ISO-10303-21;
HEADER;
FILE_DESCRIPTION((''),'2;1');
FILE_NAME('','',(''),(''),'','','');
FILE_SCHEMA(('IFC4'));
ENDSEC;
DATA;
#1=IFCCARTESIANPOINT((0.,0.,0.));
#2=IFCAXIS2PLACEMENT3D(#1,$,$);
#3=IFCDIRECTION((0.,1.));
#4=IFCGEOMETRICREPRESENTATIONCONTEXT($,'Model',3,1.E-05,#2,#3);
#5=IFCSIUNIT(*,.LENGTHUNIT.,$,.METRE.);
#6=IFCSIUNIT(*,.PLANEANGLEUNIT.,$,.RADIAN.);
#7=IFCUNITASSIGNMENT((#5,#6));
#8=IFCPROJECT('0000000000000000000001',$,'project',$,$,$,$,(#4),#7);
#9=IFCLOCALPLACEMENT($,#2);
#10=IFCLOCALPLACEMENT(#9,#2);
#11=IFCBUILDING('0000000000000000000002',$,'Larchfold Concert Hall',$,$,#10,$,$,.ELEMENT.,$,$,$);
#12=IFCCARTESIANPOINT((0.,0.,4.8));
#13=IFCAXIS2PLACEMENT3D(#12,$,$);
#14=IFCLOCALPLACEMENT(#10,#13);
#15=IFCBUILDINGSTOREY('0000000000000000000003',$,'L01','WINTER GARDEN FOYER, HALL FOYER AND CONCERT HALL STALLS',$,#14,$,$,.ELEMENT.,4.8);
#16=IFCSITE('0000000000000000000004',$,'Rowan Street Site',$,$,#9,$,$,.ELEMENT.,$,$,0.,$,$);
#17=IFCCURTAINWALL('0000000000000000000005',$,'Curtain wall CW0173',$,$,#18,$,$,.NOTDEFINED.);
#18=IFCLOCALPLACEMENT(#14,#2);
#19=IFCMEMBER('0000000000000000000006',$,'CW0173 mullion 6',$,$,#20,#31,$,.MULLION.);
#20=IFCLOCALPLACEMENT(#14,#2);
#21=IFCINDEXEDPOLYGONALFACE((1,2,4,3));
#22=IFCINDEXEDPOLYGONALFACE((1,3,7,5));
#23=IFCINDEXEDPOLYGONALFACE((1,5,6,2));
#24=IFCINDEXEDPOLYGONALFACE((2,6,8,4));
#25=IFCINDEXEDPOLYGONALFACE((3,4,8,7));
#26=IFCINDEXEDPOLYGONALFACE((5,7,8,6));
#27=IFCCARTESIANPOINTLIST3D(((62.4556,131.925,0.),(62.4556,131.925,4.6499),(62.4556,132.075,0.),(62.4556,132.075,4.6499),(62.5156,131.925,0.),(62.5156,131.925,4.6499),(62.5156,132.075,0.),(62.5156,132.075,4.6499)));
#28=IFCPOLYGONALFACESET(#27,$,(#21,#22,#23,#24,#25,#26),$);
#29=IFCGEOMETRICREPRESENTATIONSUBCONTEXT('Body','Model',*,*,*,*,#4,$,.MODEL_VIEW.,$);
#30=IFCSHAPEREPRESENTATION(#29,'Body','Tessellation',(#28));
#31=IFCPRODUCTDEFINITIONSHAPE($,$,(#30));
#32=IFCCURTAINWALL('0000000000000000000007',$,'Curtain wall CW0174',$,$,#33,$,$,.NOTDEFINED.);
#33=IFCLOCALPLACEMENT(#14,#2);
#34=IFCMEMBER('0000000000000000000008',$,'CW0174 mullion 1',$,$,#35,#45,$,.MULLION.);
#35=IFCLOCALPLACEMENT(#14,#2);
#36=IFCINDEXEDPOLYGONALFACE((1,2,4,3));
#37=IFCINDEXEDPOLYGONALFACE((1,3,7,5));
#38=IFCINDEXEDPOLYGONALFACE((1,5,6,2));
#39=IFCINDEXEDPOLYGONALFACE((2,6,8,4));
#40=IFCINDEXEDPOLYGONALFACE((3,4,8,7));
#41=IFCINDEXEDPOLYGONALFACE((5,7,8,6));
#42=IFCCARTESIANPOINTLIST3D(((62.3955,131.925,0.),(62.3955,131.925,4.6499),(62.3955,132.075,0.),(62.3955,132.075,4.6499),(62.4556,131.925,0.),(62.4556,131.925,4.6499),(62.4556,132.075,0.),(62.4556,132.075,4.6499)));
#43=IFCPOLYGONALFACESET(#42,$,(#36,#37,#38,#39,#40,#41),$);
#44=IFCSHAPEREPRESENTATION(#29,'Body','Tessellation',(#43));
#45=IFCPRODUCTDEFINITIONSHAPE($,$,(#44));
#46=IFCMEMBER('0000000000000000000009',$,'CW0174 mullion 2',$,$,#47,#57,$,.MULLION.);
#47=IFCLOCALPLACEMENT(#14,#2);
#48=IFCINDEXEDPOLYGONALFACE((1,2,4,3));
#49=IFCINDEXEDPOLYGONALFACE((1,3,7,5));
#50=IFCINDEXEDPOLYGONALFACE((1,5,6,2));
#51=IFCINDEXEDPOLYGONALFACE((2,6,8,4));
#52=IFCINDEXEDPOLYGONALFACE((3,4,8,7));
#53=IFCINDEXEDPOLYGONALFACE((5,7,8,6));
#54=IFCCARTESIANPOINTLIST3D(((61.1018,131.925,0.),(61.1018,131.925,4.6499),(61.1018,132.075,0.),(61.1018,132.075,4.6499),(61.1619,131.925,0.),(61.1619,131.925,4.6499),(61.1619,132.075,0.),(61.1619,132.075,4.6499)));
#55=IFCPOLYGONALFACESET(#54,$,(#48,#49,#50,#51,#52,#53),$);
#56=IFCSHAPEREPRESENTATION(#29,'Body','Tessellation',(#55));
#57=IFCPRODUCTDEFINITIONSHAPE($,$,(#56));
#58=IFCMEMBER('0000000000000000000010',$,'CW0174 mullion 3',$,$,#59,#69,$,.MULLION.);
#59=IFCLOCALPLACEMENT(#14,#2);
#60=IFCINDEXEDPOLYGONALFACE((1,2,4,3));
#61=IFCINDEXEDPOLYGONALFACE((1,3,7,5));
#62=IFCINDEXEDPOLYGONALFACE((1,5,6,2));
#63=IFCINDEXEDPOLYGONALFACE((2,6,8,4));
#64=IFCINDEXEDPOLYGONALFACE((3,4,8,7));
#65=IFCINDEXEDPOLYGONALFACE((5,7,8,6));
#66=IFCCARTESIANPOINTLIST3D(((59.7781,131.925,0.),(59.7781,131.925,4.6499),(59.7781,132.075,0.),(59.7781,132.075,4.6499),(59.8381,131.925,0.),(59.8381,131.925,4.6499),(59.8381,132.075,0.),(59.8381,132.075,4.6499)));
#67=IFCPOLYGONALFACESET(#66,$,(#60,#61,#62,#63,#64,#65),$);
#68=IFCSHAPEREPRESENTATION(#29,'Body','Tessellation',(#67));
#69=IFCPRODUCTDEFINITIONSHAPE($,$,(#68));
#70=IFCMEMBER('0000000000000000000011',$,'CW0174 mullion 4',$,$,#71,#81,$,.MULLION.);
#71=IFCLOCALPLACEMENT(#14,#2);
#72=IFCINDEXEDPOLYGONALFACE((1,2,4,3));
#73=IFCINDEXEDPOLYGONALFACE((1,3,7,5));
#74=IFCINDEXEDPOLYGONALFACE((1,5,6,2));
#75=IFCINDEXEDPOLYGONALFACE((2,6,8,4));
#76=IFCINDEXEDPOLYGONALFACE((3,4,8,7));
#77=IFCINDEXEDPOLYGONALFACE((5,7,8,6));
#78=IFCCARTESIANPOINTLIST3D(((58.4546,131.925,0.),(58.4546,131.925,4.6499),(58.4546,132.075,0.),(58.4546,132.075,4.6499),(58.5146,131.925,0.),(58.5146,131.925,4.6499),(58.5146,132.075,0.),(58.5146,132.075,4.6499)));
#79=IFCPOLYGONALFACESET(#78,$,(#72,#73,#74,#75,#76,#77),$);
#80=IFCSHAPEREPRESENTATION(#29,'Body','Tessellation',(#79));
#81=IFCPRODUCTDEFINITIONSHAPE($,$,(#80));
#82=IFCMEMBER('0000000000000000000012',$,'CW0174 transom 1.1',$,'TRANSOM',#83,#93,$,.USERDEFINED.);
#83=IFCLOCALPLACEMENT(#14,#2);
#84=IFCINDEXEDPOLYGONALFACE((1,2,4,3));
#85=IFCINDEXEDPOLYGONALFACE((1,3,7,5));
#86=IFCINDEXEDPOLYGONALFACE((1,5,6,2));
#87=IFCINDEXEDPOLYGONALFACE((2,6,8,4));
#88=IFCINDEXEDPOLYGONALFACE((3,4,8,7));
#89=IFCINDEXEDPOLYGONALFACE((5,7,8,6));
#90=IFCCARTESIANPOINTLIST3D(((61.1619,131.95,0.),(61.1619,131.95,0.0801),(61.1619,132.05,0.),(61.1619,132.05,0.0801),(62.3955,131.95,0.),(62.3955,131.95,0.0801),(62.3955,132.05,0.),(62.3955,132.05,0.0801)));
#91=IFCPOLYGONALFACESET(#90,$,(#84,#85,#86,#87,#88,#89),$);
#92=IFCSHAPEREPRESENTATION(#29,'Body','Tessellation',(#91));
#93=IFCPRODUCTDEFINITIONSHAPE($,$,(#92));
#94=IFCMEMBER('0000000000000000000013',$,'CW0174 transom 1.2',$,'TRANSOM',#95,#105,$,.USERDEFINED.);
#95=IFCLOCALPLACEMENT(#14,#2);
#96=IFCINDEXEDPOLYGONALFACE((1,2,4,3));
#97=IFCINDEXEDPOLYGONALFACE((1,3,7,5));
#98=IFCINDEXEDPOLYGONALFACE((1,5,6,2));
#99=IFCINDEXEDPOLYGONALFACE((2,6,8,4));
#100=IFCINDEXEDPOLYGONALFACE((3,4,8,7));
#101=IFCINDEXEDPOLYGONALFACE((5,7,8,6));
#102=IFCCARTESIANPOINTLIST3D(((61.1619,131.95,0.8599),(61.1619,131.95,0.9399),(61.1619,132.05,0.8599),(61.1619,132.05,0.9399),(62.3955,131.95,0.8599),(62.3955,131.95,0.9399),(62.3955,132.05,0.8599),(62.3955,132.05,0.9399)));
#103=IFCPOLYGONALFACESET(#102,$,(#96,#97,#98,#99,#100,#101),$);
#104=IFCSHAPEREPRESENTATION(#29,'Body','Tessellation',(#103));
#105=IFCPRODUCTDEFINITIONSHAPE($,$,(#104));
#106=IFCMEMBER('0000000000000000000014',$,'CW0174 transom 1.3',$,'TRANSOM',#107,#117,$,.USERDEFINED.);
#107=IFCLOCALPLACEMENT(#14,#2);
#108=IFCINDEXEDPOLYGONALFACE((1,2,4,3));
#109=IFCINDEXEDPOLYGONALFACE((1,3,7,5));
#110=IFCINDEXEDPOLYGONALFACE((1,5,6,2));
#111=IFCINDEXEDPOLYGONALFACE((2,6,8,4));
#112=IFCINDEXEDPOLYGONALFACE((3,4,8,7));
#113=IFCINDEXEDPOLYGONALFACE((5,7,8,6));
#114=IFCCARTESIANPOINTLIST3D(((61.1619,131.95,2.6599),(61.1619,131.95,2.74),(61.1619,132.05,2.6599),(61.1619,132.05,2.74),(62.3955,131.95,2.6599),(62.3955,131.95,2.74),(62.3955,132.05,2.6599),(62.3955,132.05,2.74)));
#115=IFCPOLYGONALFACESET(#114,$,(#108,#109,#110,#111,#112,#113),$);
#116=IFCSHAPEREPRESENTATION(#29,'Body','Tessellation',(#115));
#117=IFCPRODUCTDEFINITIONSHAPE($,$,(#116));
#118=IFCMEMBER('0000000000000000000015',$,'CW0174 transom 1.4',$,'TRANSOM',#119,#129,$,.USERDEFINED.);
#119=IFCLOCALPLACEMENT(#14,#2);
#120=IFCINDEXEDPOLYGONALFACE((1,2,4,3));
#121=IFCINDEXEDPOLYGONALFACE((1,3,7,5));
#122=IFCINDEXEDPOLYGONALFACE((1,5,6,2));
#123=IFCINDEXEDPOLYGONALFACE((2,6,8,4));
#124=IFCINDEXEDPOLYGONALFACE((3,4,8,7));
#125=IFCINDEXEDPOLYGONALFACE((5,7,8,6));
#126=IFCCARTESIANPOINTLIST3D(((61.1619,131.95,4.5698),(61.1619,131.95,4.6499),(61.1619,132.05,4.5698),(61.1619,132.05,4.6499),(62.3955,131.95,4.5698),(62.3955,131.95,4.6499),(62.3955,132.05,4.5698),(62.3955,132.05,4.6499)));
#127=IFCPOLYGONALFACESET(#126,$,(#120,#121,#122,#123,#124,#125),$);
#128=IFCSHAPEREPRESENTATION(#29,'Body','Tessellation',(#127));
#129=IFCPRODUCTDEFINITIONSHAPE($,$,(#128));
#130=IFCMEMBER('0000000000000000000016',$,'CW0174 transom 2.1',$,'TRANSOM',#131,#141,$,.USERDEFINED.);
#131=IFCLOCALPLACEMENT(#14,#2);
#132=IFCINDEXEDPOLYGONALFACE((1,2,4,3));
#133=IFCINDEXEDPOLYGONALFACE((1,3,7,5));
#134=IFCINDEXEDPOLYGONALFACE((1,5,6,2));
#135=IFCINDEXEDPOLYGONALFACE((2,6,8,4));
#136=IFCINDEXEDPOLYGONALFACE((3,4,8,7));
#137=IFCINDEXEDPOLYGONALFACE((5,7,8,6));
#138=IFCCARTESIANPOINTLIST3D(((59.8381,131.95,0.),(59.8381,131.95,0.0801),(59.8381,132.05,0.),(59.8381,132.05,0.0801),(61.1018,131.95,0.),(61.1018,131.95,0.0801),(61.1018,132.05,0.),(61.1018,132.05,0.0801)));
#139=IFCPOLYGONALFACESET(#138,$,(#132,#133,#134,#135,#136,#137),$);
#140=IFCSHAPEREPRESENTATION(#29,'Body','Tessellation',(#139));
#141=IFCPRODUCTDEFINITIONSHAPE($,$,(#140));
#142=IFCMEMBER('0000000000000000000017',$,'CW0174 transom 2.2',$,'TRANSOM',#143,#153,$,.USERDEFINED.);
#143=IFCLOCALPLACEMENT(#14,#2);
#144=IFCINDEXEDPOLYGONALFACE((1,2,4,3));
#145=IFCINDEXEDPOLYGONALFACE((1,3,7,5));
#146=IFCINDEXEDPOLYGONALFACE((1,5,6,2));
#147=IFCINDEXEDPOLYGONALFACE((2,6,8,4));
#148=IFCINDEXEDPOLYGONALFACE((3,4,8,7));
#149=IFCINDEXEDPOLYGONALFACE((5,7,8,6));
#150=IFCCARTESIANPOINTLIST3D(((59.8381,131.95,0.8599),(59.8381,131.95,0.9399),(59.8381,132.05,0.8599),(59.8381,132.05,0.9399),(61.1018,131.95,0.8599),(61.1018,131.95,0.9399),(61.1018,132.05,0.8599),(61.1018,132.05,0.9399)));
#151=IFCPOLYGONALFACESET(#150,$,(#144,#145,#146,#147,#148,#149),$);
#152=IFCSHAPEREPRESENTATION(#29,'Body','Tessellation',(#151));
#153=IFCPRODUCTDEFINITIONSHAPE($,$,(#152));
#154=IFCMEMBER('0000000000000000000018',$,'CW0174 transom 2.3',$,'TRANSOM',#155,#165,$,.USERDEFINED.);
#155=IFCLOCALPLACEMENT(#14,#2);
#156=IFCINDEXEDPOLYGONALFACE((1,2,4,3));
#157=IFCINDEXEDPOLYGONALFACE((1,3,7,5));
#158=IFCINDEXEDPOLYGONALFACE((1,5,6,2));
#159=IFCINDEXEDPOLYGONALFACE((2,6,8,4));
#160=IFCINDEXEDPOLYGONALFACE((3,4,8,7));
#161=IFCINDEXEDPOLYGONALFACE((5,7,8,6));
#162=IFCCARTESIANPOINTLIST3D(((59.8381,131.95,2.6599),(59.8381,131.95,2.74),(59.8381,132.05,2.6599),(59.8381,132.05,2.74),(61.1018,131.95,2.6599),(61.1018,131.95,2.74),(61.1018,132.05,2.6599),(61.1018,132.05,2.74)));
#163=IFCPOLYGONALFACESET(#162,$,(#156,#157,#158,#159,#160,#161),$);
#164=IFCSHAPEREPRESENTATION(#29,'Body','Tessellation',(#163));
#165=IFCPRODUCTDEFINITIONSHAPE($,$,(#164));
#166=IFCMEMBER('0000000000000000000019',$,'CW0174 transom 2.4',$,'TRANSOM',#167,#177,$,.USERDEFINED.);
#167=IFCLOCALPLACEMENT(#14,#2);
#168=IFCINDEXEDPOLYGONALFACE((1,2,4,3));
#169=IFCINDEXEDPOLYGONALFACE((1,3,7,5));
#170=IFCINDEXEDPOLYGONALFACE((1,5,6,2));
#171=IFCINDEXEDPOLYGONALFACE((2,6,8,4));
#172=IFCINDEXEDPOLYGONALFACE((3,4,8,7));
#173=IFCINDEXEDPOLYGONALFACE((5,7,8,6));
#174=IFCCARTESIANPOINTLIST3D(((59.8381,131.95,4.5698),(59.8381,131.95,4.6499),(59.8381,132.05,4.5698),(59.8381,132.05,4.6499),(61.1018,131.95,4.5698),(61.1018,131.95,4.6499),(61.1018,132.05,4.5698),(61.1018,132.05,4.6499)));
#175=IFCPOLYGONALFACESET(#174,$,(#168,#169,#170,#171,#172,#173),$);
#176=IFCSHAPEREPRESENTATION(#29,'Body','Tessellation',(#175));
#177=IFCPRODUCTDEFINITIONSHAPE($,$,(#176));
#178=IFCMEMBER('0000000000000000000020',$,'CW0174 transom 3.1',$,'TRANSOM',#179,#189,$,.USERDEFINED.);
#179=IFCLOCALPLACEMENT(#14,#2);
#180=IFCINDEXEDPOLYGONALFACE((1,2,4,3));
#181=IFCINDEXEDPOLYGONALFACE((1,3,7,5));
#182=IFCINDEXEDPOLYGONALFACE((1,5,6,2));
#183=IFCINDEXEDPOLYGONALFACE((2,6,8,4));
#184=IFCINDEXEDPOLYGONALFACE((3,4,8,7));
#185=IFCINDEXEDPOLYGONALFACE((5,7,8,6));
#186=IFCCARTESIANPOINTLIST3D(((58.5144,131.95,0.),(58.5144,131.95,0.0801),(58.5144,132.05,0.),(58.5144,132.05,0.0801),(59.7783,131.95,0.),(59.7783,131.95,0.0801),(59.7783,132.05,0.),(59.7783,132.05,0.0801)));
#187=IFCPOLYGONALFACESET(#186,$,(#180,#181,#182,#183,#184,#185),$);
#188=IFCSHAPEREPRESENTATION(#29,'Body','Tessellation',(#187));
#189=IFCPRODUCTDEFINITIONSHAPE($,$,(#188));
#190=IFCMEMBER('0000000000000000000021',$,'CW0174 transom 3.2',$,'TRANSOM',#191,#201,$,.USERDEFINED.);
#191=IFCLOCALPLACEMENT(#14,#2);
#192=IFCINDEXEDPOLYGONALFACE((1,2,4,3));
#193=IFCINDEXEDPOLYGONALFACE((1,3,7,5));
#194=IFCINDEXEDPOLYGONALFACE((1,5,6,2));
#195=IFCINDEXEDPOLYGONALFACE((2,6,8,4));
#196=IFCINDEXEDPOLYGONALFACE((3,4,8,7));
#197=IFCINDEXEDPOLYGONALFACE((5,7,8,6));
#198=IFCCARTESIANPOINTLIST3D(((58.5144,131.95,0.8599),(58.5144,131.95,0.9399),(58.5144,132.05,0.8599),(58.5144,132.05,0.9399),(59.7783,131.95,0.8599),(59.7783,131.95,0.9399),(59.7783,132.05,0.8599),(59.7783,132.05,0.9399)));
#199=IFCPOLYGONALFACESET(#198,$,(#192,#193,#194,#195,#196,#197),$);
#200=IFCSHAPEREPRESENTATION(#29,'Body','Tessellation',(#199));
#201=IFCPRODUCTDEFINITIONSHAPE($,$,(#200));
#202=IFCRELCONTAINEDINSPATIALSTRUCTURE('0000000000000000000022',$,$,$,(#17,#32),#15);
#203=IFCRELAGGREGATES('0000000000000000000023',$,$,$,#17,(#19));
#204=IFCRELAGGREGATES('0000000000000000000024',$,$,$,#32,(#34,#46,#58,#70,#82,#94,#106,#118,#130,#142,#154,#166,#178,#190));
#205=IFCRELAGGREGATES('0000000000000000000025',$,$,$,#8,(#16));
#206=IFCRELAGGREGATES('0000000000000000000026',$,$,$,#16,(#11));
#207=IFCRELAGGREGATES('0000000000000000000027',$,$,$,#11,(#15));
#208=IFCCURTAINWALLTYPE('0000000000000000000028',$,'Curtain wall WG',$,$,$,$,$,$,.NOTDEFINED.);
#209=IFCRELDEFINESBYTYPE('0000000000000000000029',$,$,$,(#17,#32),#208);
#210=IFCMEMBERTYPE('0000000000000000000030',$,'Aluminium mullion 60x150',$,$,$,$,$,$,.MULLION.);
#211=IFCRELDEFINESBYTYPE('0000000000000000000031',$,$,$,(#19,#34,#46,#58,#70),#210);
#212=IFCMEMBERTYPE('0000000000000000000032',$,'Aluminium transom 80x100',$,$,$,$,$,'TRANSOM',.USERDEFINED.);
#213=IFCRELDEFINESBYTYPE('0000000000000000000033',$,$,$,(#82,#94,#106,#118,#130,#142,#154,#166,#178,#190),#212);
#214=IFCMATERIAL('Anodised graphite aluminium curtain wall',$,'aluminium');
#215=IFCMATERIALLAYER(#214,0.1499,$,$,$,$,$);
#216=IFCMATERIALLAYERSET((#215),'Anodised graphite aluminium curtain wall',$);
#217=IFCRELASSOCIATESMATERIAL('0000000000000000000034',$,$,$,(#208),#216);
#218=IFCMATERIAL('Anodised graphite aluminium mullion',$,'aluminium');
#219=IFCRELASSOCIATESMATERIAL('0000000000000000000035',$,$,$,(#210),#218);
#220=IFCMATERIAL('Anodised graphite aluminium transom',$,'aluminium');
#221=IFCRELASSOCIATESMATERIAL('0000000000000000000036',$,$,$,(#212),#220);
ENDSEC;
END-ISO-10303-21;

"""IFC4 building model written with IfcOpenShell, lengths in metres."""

from ifc_helpers import new_model, si_unit, direction, frame, origin, origin_2d, place, context, subcontext, project, spatial, rectangle, extrude, material, layer, layer_set, material_profile, profile_set, type_object, element, aggregate, save


model = new_model("IFC4")

# Units and contexts
model_context = context("Model", 3, precision=1e-05, world=origin(), true_north=direction((0.0, 1.0)))
body_context = subcontext(model_context, "Body", "Model", "MODEL_VIEW")
ifc_project = project(units=[si_unit("LENGTHUNIT", "METRE"), si_unit("PLANEANGLEUNIT", "RADIAN")], contexts=[model_context])

# Site, building, storey
site_placement = place(None, origin())
site = spatial("IfcSite", under=ifc_project, at=site_placement, Name="Rowan Street Site", CompositionType="ELEMENT", RefElevation=0.0)
building_placement = place(site_placement, origin())
building = spatial("IfcBuilding", under=site, at=building_placement, Name="Larchfold Concert Hall", CompositionType="ELEMENT")
storey_placement = place(building_placement, frame((0.0, 0.0, 4.8)))
storey = spatial("IfcBuildingStorey", under=building, at=storey_placement, Name="L01", Description="WINTER GARDEN FOYER, HALL FOYER AND CONCERT HALL STALLS", CompositionType="ELEMENT", Elevation=4.8)

# Curtain wall, member
ifc_material_1 = material(Name="Anodised graphite aluminium curtain wall", Category="aluminium")
ifc_layer_1 = layer(ifc_material_1, 0.1499)
ifc_layer_set_1 = layer_set([ifc_layer_1], Name="Anodised graphite aluminium curtain wall")
curtain_wall_type = type_object("IfcCurtainWallType", Name="Curtain wall WG", PredefinedType="NOTDEFINED", material=ifc_layer_set_1)
curtain_wall_1_placement = place(storey_placement, origin())
curtain_wall_1 = element("IfcCurtainWall", 1, at=curtain_wall_1_placement, inside=storey, type_object=curtain_wall_type, Name="Curtain wall CW0173", PredefinedType="NOTDEFINED")
ifc_material_2 = material(Name="Anodised graphite aluminium mullion", Category="aluminium")
ifc_material_profile_1 = material_profile(ifc_material_2, rectangle(XDim=0.1499, YDim=0.0601, at=origin_2d()))
ifc_profile_set_1 = profile_set([ifc_material_profile_1], Name="Anodised graphite aluminium mullion")
member_type_1 = type_object("IfcMemberType", Name="Aluminium mullion 60x150", PredefinedType="MULLION", material=ifc_profile_set_1)
member_1_placement = place(storey_placement, frame((62.4856, 132.0, 0.0), z_axis=(0.0, 0.0, 1.0), x_axis=(0.0, -1.0, 0.0)))
member_1 = element("IfcMember", 2, at=member_1_placement, type_object=member_type_1, Name="CW0173 mullion 6", PredefinedType="MULLION", context=body_context, shape_type="SweptSolid", body=[
    extrude(rectangle(XDim=0.1499, YDim=0.0601, at=origin_2d()), origin(), (0.0, 0.0, 1.0), 4.6499),
])

# Curtain wall, members
curtain_wall_2_placement = place(storey_placement, origin())
curtain_wall_2 = element("IfcCurtainWall", 3, at=curtain_wall_2_placement, inside=storey, type_object=curtain_wall_type, Name="Curtain wall CW0174", PredefinedType="NOTDEFINED")
member_2_placement = place(storey_placement, frame((62.4255, 132.0, 0.0), z_axis=(0.0, 0.0, 1.0), x_axis=(0.0, -1.0, 0.0)))
member_2 = element("IfcMember", 4, at=member_2_placement, type_object=member_type_1, Name="CW0174 mullion 1", PredefinedType="MULLION", context=body_context, shape_type="SweptSolid", body=[
    extrude(rectangle(XDim=0.1499, YDim=0.0601, at=origin_2d()), origin(), (0.0, 0.0, 1.0), 4.6499),
])
member_3_placement = place(storey_placement, frame((61.1318, 132.0, 0.0), z_axis=(0.0, 0.0, 1.0), x_axis=(0.0, -1.0, 0.0)))
member_3 = element("IfcMember", 5, at=member_3_placement, type_object=member_type_1, Name="CW0174 mullion 2", PredefinedType="MULLION", context=body_context, shape_type="SweptSolid", body=[
    extrude(rectangle(XDim=0.1499, YDim=0.0601, at=origin_2d()), origin(), (0.0, 0.0, 1.0), 4.6499),
])
member_4_placement = place(storey_placement, frame((59.8081, 132.0, 0.0), z_axis=(0.0, 0.0, 1.0), x_axis=(0.0, -1.0, 0.0)))
member_4 = element("IfcMember", 6, at=member_4_placement, type_object=member_type_1, Name="CW0174 mullion 3", PredefinedType="MULLION", context=body_context, shape_type="SweptSolid", body=[
    extrude(rectangle(XDim=0.1499, YDim=0.0601, at=origin_2d()), origin(), (0.0, 0.0, 1.0), 4.6499),
])
member_5_placement = place(storey_placement, frame((58.4846, 132.0, 0.0), z_axis=(0.0, 0.0, 1.0), x_axis=(0.0, -1.0, 0.0)))
member_5 = element("IfcMember", 7, at=member_5_placement, type_object=member_type_1, Name="CW0174 mullion 4", PredefinedType="MULLION", context=body_context, shape_type="SweptSolid", body=[
    extrude(rectangle(XDim=0.1499, YDim=0.0601, at=origin_2d()), origin(), (0.0, 0.0, 1.0), 4.6499),
])
ifc_material_3 = material(Name="Anodised graphite aluminium transom", Category="aluminium")
ifc_material_profile_2 = material_profile(ifc_material_3, rectangle(XDim=0.1001, YDim=0.0801, at=origin_2d()))
ifc_profile_set_2 = profile_set([ifc_material_profile_2], Name="Anodised graphite aluminium transom")
member_type_2 = type_object("IfcMemberType", Name="Aluminium transom 80x100", ElementType="TRANSOM", PredefinedType="USERDEFINED", material=ifc_profile_set_2)
member_6_placement = place(storey_placement, frame((62.3955, 132.0, 0.04), z_axis=(-1.0, 0.0, 0.0), x_axis=(0.0, -1.0, 0.0)))
member_6 = element("IfcMember", 8, at=member_6_placement, type_object=member_type_2, Name="CW0174 transom 1.1", ObjectType="TRANSOM", PredefinedType="USERDEFINED", context=body_context, shape_type="SweptSolid", body=[
    extrude(rectangle(XDim=0.1001, YDim=0.0801, at=origin_2d()), origin(), (0.0, 0.0, 1.0), 1.2336),
])
member_7_placement = place(storey_placement, frame((62.3955, 132.0, 0.8999), z_axis=(-1.0, 0.0, 0.0), x_axis=(0.0, -1.0, 0.0)))
member_7 = element("IfcMember", 9, at=member_7_placement, type_object=member_type_2, Name="CW0174 transom 1.2", ObjectType="TRANSOM", PredefinedType="USERDEFINED", context=body_context, shape_type="SweptSolid", body=[
    extrude(rectangle(XDim=0.1001, YDim=0.0801, at=origin_2d()), origin(), (0.0, 0.0, 1.0), 1.2336),
])
member_8_placement = place(storey_placement, frame((62.3955, 132.0, 2.7), z_axis=(-1.0, 0.0, 0.0), x_axis=(0.0, -1.0, 0.0)))
member_8 = element("IfcMember", 10, at=member_8_placement, type_object=member_type_2, Name="CW0174 transom 1.3", ObjectType="TRANSOM", PredefinedType="USERDEFINED", context=body_context, shape_type="SweptSolid", body=[
    extrude(rectangle(XDim=0.1001, YDim=0.0801, at=origin_2d()), origin(), (0.0, 0.0, 1.0), 1.2336),
])
member_9_placement = place(storey_placement, frame((62.3955, 132.0, 4.6099), z_axis=(-1.0, 0.0, 0.0), x_axis=(0.0, -1.0, 0.0)))
member_9 = element("IfcMember", 11, at=member_9_placement, type_object=member_type_2, Name="CW0174 transom 1.4", ObjectType="TRANSOM", PredefinedType="USERDEFINED", context=body_context, shape_type="SweptSolid", body=[
    extrude(rectangle(XDim=0.1001, YDim=0.0801, at=origin_2d()), origin(), (0.0, 0.0, 1.0), 1.2336),
])
member_10_placement = place(storey_placement, frame((61.1018, 132.0, 0.04), z_axis=(-1.0, 0.0, 0.0), x_axis=(0.0, -1.0, 0.0)))
member_10 = element("IfcMember", 12, at=member_10_placement, type_object=member_type_2, Name="CW0174 transom 2.1", ObjectType="TRANSOM", PredefinedType="USERDEFINED", context=body_context, shape_type="SweptSolid", body=[
    extrude(rectangle(XDim=0.1001, YDim=0.0801, at=origin_2d()), origin(), (0.0, 0.0, 1.0), 1.2637),
])
member_11_placement = place(storey_placement, frame((61.1018, 132.0, 0.8999), z_axis=(-1.0, 0.0, 0.0), x_axis=(0.0, -1.0, 0.0)))
member_11 = element("IfcMember", 13, at=member_11_placement, type_object=member_type_2, Name="CW0174 transom 2.2", ObjectType="TRANSOM", PredefinedType="USERDEFINED", context=body_context, shape_type="SweptSolid", body=[
    extrude(rectangle(XDim=0.1001, YDim=0.0801, at=origin_2d()), origin(), (0.0, 0.0, 1.0), 1.2637),
])
member_12_placement = place(storey_placement, frame((61.1018, 132.0, 2.7), z_axis=(-1.0, 0.0, 0.0), x_axis=(0.0, -1.0, 0.0)))
member_12 = element("IfcMember", 14, at=member_12_placement, type_object=member_type_2, Name="CW0174 transom 2.3", ObjectType="TRANSOM", PredefinedType="USERDEFINED", context=body_context, shape_type="SweptSolid", body=[
    extrude(rectangle(XDim=0.1001, YDim=0.0801, at=origin_2d()), origin(), (0.0, 0.0, 1.0), 1.2637),
])
member_13_placement = place(storey_placement, frame((61.1018, 132.0, 4.6099), z_axis=(-1.0, 0.0, 0.0), x_axis=(0.0, -1.0, 0.0)))
member_13 = element("IfcMember", 15, at=member_13_placement, type_object=member_type_2, Name="CW0174 transom 2.4", ObjectType="TRANSOM", PredefinedType="USERDEFINED", context=body_context, shape_type="SweptSolid", body=[
    extrude(rectangle(XDim=0.1001, YDim=0.0801, at=origin_2d()), origin(), (0.0, 0.0, 1.0), 1.2637),
])
member_14_placement = place(storey_placement, frame((59.7783, 132.0, 0.04), z_axis=(-1.0, 0.0, 0.0), x_axis=(0.0, -1.0, 0.0)))
member_14 = element("IfcMember", 16, at=member_14_placement, type_object=member_type_2, Name="CW0174 transom 3.1", ObjectType="TRANSOM", PredefinedType="USERDEFINED", context=body_context, shape_type="SweptSolid", body=[
    extrude(rectangle(XDim=0.1001, YDim=0.0801, at=origin_2d()), origin(), (0.0, 0.0, 1.0), 1.2639),
])
member_15_placement = place(storey_placement, frame((59.7783, 132.0, 0.8999), z_axis=(-1.0, 0.0, 0.0), x_axis=(0.0, -1.0, 0.0)))
member_15 = element("IfcMember", 17, at=member_15_placement, type_object=member_type_2, Name="CW0174 transom 3.2", ObjectType="TRANSOM", PredefinedType="USERDEFINED", context=body_context, shape_type="SweptSolid", body=[
    extrude(rectangle(XDim=0.1001, YDim=0.0801, at=origin_2d()), origin(), (0.0, 0.0, 1.0), 1.2639),
])

aggregate(curtain_wall_1, [member_1])
aggregate(curtain_wall_2, [member_2, member_3, member_4, member_5, member_6, member_7, member_8, member_9, member_10, member_11, member_12, member_13, member_14, member_15])

save(model, "model.ifc")
